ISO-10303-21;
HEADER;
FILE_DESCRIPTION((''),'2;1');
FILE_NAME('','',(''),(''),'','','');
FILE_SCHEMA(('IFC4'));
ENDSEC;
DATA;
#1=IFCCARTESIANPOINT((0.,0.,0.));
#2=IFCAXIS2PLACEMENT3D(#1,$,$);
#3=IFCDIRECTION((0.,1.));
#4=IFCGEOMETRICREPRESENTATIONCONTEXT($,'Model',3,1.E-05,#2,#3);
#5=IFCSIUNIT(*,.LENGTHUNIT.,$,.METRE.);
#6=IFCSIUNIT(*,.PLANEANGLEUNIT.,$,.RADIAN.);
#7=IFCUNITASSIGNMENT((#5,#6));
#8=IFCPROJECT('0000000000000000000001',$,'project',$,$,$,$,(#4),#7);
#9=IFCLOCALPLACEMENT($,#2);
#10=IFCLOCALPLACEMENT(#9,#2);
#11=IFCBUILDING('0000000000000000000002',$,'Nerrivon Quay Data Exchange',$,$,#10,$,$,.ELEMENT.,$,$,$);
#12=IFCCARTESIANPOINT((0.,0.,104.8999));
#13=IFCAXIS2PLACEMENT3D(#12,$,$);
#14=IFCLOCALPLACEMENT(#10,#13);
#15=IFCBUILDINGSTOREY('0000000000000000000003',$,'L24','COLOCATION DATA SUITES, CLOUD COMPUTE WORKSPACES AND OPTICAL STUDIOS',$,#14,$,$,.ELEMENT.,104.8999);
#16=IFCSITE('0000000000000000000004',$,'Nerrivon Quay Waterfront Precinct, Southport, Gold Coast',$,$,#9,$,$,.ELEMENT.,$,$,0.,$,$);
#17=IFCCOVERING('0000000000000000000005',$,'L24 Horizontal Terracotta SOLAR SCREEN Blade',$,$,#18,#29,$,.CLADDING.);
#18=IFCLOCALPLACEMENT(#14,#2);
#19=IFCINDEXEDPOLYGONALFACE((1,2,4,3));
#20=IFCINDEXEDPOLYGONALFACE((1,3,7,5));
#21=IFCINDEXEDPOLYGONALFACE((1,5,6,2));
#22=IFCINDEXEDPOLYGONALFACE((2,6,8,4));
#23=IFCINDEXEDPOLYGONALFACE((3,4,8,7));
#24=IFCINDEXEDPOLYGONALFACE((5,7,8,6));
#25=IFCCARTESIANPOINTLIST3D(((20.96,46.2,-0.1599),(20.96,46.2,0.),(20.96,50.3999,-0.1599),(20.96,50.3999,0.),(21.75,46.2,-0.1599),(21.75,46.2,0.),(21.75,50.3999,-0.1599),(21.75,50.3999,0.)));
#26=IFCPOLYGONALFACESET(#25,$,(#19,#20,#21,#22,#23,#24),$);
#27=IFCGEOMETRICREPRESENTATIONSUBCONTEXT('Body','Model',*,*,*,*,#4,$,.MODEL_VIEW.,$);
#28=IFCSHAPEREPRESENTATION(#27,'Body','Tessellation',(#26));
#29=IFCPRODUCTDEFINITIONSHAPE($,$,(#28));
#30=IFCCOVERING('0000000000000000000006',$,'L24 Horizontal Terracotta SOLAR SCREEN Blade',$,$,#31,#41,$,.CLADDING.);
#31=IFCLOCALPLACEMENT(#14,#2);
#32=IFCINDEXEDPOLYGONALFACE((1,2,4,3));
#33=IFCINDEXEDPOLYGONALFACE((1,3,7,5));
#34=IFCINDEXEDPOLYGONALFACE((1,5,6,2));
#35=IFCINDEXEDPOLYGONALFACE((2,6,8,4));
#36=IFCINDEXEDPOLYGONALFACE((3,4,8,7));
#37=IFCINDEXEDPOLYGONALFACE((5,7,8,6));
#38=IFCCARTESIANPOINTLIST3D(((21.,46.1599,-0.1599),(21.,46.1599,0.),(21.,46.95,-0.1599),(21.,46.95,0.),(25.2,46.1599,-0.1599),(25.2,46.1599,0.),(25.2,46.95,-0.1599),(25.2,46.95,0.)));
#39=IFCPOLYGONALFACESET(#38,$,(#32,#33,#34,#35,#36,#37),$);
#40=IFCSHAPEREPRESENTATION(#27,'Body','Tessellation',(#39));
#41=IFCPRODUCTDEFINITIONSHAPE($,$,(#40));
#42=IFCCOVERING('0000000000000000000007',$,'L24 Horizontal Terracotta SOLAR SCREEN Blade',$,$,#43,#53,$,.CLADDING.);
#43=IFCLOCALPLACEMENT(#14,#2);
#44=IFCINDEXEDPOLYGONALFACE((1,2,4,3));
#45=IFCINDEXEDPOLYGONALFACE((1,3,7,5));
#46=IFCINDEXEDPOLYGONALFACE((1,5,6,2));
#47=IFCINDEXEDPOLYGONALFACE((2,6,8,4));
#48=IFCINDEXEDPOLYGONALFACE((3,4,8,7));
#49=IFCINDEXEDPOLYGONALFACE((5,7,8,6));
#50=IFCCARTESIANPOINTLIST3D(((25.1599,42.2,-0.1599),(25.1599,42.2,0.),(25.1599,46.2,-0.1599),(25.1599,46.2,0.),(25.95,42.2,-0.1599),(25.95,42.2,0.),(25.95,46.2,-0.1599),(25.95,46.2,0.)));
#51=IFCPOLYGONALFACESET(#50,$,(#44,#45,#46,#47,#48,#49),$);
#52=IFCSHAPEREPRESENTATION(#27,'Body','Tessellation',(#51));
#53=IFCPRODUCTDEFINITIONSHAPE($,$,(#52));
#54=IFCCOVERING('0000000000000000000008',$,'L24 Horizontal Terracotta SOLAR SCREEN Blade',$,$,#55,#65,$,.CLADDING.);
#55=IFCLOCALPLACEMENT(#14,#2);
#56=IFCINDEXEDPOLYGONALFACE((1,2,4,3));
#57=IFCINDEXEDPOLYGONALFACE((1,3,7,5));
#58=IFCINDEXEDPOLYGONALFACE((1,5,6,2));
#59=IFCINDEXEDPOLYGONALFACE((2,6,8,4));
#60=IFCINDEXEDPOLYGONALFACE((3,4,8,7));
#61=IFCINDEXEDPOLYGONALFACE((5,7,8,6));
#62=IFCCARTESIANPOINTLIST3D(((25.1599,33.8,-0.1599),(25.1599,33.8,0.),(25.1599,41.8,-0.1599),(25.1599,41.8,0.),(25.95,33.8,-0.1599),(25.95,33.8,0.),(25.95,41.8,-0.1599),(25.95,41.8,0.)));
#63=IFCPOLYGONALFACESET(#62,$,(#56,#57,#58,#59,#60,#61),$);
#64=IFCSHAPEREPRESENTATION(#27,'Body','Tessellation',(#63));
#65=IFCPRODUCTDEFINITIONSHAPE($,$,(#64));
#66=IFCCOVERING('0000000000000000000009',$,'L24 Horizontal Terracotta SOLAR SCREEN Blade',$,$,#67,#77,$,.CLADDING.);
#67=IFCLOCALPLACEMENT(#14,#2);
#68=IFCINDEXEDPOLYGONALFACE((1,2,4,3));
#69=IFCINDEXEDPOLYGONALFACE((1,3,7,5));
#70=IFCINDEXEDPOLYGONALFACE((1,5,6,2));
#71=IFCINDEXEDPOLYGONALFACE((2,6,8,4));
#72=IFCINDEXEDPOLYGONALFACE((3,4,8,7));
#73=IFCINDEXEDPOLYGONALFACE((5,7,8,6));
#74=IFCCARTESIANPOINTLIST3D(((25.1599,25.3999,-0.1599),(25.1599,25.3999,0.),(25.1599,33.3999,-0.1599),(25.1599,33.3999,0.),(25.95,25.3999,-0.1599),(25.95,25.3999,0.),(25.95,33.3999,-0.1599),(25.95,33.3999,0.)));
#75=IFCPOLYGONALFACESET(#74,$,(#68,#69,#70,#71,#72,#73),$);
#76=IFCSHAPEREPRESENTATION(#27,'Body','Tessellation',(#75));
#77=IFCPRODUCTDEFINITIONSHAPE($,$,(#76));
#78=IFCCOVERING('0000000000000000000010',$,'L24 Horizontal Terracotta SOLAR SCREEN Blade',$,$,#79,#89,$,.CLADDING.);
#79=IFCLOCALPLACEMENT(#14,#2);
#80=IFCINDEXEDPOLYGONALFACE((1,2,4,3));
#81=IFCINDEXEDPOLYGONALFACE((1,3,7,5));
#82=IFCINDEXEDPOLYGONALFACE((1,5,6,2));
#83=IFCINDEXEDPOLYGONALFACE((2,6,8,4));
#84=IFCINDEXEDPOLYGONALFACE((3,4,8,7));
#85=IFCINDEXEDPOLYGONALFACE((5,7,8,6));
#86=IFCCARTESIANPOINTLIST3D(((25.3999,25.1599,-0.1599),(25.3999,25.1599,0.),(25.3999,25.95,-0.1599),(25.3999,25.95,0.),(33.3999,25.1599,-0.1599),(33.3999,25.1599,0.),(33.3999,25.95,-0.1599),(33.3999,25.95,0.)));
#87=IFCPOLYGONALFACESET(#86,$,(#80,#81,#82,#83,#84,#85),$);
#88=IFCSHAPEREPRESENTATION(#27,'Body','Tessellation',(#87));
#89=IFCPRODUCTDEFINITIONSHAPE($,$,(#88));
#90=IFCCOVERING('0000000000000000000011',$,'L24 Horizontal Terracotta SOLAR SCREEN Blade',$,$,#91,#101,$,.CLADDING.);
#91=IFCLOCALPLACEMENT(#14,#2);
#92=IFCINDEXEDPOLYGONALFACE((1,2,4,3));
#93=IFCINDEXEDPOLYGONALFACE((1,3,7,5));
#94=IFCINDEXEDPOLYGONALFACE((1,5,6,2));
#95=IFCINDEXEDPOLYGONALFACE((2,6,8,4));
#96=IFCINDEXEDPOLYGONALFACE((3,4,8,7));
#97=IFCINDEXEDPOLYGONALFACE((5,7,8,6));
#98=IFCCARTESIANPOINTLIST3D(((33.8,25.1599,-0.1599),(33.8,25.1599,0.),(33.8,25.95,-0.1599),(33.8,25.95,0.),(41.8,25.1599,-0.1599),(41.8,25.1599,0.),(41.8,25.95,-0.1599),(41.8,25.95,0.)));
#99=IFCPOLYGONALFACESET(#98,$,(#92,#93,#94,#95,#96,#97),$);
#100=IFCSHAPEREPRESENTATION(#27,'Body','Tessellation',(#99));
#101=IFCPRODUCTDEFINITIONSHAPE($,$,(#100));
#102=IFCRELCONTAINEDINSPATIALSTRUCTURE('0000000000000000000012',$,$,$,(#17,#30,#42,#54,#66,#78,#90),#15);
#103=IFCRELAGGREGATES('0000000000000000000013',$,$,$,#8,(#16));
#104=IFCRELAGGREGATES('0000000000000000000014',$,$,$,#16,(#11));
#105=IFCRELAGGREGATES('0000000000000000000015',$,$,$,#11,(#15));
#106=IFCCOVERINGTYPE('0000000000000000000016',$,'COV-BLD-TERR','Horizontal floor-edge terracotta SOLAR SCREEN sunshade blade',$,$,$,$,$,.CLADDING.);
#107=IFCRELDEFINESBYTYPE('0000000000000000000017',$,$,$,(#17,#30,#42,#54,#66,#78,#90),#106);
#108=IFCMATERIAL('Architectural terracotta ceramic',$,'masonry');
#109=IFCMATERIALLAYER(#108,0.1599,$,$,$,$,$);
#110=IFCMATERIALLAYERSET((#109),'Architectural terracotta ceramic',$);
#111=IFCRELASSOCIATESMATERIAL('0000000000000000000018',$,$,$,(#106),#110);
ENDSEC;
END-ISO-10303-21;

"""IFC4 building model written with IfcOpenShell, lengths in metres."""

from ifc_helpers import new_model, si_unit, direction, frame, origin, place, context, subcontext, project, spatial, polyline, outline, extrude, material, layer, layer_set, type_object, element, save


model = new_model("IFC4")

# Units and contexts
model_context = context("Model", 3, precision=1e-05, world=origin(), true_north=direction((0.0, 1.0)))
body_context = subcontext(model_context, "Body", "Model", "MODEL_VIEW")
ifc_project = project(units=[si_unit("LENGTHUNIT", "METRE"), si_unit("PLANEANGLEUNIT", "RADIAN")], contexts=[model_context])

# Site, building, storey
site_placement = place(None, origin())
site = spatial("IfcSite", under=ifc_project, at=site_placement, Name="Nerrivon Quay Waterfront Precinct, Southport, Gold Coast", CompositionType="ELEMENT", RefElevation=0.0)
building_placement = place(site_placement, origin())
building = spatial("IfcBuilding", under=site, at=building_placement, Name="Nerrivon Quay Data Exchange", CompositionType="ELEMENT")
storey_placement = place(building_placement, frame((0.0, 0.0, 104.8999)))
storey = spatial("IfcBuildingStorey", under=building, at=storey_placement, Name="L24", Description="COLOCATION DATA SUITES, CLOUD COMPUTE WORKSPACES AND OPTICAL STUDIOS", CompositionType="ELEMENT", Elevation=104.8999)

# Coverings
ifc_material_1 = material(Name="Architectural terracotta ceramic", Category="masonry")
ifc_layer_1 = layer(ifc_material_1, 0.1599)
ifc_layer_set_1 = layer_set([ifc_layer_1], Name="Architectural terracotta ceramic")
covering_type = type_object("IfcCoveringType", Name="COV-BLD-TERR", Description="Horizontal floor-edge terracotta SOLAR SCREEN sunshade blade", PredefinedType="CLADDING", material=ifc_layer_set_1)
covering_1_placement = place(storey_placement, frame((0.0, 0.0, -0.1599)))
element("IfcCovering", 1, at=covering_1_placement, inside=storey, type_object=covering_type, Name="L24 Horizontal Terracotta SOLAR SCREEN Blade", PredefinedType="CLADDING", context=body_context, shape_type="SweptSolid", body=[
    extrude(outline(polyline([(20.96, 50.3999), (20.96, 46.2), (21.75, 46.2), (21.75, 50.3999), (20.96, 50.3999)])), origin(), (0.0, 0.0, 1.0), 0.1599),
])
covering_2_placement = place(storey_placement, frame((0.0, 0.0, -0.1599)))
element("IfcCovering", 2, at=covering_2_placement, inside=storey, type_object=covering_type, Name="L24 Horizontal Terracotta SOLAR SCREEN Blade", PredefinedType="CLADDING", context=body_context, shape_type="SweptSolid", body=[
    extrude(outline(polyline([(21.0, 46.1599), (25.2, 46.1599), (25.2, 46.95), (21.0, 46.95), (21.0, 46.1599)])), origin(), (0.0, 0.0, 1.0), 0.1599),
])
covering_3_placement = place(storey_placement, frame((0.0, 0.0, -0.1599)))
element("IfcCovering", 3, at=covering_3_placement, inside=storey, type_object=covering_type, Name="L24 Horizontal Terracotta SOLAR SCREEN Blade", PredefinedType="CLADDING", context=body_context, shape_type="SweptSolid", body=[
    extrude(outline(polyline([(25.1599, 46.2), (25.1599, 42.2), (25.95, 42.2), (25.95, 46.2), (25.1599, 46.2)])), origin(), (0.0, 0.0, 1.0), 0.1599),
])
covering_4_placement = place(storey_placement, frame((0.0, 0.0, -0.1599)))
element("IfcCovering", 4, at=covering_4_placement, inside=storey, type_object=covering_type, Name="L24 Horizontal Terracotta SOLAR SCREEN Blade", PredefinedType="CLADDING", context=body_context, shape_type="SweptSolid", body=[
    extrude(outline(polyline([(25.1599, 41.8), (25.1599, 33.8), (25.95, 33.8), (25.95, 41.8), (25.1599, 41.8)])), origin(), (0.0, 0.0, 1.0), 0.1599),
])
covering_5_placement = place(storey_placement, frame((0.0, 0.0, -0.1599)))
element("IfcCovering", 5, at=covering_5_placement, inside=storey, type_object=covering_type, Name="L24 Horizontal Terracotta SOLAR SCREEN Blade", PredefinedType="CLADDING", context=body_context, shape_type="SweptSolid", body=[
    extrude(outline(polyline([(25.1599, 33.3999), (25.1599, 25.3999), (25.95, 25.3999), (25.95, 33.3999), (25.1599, 33.3999)])), origin(), (0.0, 0.0, 1.0), 0.1599),
])
covering_6_placement = place(storey_placement, frame((0.0, 0.0, -0.1599)))
element("IfcCovering", 6, at=covering_6_placement, inside=storey, type_object=covering_type, Name="L24 Horizontal Terracotta SOLAR SCREEN Blade", PredefinedType="CLADDING", context=body_context, shape_type="SweptSolid", body=[
    extrude(outline(polyline([(25.3999, 25.1599), (33.3999, 25.1599), (33.3999, 25.95), (25.3999, 25.95), (25.3999, 25.1599)])), origin(), (0.0, 0.0, 1.0), 0.1599),
])
covering_7_placement = place(storey_placement, frame((0.0, 0.0, -0.1599)))
element("IfcCovering", 7, at=covering_7_placement, inside=storey, type_object=covering_type, Name="L24 Horizontal Terracotta SOLAR SCREEN Blade", PredefinedType="CLADDING", context=body_context, shape_type="SweptSolid", body=[
    extrude(outline(polyline([(33.8, 25.1599), (41.8, 25.1599), (41.8, 25.95), (33.8, 25.95), (33.8, 25.1599)])), origin(), (0.0, 0.0, 1.0), 0.1599),
])

save(model, "model.ifc")
